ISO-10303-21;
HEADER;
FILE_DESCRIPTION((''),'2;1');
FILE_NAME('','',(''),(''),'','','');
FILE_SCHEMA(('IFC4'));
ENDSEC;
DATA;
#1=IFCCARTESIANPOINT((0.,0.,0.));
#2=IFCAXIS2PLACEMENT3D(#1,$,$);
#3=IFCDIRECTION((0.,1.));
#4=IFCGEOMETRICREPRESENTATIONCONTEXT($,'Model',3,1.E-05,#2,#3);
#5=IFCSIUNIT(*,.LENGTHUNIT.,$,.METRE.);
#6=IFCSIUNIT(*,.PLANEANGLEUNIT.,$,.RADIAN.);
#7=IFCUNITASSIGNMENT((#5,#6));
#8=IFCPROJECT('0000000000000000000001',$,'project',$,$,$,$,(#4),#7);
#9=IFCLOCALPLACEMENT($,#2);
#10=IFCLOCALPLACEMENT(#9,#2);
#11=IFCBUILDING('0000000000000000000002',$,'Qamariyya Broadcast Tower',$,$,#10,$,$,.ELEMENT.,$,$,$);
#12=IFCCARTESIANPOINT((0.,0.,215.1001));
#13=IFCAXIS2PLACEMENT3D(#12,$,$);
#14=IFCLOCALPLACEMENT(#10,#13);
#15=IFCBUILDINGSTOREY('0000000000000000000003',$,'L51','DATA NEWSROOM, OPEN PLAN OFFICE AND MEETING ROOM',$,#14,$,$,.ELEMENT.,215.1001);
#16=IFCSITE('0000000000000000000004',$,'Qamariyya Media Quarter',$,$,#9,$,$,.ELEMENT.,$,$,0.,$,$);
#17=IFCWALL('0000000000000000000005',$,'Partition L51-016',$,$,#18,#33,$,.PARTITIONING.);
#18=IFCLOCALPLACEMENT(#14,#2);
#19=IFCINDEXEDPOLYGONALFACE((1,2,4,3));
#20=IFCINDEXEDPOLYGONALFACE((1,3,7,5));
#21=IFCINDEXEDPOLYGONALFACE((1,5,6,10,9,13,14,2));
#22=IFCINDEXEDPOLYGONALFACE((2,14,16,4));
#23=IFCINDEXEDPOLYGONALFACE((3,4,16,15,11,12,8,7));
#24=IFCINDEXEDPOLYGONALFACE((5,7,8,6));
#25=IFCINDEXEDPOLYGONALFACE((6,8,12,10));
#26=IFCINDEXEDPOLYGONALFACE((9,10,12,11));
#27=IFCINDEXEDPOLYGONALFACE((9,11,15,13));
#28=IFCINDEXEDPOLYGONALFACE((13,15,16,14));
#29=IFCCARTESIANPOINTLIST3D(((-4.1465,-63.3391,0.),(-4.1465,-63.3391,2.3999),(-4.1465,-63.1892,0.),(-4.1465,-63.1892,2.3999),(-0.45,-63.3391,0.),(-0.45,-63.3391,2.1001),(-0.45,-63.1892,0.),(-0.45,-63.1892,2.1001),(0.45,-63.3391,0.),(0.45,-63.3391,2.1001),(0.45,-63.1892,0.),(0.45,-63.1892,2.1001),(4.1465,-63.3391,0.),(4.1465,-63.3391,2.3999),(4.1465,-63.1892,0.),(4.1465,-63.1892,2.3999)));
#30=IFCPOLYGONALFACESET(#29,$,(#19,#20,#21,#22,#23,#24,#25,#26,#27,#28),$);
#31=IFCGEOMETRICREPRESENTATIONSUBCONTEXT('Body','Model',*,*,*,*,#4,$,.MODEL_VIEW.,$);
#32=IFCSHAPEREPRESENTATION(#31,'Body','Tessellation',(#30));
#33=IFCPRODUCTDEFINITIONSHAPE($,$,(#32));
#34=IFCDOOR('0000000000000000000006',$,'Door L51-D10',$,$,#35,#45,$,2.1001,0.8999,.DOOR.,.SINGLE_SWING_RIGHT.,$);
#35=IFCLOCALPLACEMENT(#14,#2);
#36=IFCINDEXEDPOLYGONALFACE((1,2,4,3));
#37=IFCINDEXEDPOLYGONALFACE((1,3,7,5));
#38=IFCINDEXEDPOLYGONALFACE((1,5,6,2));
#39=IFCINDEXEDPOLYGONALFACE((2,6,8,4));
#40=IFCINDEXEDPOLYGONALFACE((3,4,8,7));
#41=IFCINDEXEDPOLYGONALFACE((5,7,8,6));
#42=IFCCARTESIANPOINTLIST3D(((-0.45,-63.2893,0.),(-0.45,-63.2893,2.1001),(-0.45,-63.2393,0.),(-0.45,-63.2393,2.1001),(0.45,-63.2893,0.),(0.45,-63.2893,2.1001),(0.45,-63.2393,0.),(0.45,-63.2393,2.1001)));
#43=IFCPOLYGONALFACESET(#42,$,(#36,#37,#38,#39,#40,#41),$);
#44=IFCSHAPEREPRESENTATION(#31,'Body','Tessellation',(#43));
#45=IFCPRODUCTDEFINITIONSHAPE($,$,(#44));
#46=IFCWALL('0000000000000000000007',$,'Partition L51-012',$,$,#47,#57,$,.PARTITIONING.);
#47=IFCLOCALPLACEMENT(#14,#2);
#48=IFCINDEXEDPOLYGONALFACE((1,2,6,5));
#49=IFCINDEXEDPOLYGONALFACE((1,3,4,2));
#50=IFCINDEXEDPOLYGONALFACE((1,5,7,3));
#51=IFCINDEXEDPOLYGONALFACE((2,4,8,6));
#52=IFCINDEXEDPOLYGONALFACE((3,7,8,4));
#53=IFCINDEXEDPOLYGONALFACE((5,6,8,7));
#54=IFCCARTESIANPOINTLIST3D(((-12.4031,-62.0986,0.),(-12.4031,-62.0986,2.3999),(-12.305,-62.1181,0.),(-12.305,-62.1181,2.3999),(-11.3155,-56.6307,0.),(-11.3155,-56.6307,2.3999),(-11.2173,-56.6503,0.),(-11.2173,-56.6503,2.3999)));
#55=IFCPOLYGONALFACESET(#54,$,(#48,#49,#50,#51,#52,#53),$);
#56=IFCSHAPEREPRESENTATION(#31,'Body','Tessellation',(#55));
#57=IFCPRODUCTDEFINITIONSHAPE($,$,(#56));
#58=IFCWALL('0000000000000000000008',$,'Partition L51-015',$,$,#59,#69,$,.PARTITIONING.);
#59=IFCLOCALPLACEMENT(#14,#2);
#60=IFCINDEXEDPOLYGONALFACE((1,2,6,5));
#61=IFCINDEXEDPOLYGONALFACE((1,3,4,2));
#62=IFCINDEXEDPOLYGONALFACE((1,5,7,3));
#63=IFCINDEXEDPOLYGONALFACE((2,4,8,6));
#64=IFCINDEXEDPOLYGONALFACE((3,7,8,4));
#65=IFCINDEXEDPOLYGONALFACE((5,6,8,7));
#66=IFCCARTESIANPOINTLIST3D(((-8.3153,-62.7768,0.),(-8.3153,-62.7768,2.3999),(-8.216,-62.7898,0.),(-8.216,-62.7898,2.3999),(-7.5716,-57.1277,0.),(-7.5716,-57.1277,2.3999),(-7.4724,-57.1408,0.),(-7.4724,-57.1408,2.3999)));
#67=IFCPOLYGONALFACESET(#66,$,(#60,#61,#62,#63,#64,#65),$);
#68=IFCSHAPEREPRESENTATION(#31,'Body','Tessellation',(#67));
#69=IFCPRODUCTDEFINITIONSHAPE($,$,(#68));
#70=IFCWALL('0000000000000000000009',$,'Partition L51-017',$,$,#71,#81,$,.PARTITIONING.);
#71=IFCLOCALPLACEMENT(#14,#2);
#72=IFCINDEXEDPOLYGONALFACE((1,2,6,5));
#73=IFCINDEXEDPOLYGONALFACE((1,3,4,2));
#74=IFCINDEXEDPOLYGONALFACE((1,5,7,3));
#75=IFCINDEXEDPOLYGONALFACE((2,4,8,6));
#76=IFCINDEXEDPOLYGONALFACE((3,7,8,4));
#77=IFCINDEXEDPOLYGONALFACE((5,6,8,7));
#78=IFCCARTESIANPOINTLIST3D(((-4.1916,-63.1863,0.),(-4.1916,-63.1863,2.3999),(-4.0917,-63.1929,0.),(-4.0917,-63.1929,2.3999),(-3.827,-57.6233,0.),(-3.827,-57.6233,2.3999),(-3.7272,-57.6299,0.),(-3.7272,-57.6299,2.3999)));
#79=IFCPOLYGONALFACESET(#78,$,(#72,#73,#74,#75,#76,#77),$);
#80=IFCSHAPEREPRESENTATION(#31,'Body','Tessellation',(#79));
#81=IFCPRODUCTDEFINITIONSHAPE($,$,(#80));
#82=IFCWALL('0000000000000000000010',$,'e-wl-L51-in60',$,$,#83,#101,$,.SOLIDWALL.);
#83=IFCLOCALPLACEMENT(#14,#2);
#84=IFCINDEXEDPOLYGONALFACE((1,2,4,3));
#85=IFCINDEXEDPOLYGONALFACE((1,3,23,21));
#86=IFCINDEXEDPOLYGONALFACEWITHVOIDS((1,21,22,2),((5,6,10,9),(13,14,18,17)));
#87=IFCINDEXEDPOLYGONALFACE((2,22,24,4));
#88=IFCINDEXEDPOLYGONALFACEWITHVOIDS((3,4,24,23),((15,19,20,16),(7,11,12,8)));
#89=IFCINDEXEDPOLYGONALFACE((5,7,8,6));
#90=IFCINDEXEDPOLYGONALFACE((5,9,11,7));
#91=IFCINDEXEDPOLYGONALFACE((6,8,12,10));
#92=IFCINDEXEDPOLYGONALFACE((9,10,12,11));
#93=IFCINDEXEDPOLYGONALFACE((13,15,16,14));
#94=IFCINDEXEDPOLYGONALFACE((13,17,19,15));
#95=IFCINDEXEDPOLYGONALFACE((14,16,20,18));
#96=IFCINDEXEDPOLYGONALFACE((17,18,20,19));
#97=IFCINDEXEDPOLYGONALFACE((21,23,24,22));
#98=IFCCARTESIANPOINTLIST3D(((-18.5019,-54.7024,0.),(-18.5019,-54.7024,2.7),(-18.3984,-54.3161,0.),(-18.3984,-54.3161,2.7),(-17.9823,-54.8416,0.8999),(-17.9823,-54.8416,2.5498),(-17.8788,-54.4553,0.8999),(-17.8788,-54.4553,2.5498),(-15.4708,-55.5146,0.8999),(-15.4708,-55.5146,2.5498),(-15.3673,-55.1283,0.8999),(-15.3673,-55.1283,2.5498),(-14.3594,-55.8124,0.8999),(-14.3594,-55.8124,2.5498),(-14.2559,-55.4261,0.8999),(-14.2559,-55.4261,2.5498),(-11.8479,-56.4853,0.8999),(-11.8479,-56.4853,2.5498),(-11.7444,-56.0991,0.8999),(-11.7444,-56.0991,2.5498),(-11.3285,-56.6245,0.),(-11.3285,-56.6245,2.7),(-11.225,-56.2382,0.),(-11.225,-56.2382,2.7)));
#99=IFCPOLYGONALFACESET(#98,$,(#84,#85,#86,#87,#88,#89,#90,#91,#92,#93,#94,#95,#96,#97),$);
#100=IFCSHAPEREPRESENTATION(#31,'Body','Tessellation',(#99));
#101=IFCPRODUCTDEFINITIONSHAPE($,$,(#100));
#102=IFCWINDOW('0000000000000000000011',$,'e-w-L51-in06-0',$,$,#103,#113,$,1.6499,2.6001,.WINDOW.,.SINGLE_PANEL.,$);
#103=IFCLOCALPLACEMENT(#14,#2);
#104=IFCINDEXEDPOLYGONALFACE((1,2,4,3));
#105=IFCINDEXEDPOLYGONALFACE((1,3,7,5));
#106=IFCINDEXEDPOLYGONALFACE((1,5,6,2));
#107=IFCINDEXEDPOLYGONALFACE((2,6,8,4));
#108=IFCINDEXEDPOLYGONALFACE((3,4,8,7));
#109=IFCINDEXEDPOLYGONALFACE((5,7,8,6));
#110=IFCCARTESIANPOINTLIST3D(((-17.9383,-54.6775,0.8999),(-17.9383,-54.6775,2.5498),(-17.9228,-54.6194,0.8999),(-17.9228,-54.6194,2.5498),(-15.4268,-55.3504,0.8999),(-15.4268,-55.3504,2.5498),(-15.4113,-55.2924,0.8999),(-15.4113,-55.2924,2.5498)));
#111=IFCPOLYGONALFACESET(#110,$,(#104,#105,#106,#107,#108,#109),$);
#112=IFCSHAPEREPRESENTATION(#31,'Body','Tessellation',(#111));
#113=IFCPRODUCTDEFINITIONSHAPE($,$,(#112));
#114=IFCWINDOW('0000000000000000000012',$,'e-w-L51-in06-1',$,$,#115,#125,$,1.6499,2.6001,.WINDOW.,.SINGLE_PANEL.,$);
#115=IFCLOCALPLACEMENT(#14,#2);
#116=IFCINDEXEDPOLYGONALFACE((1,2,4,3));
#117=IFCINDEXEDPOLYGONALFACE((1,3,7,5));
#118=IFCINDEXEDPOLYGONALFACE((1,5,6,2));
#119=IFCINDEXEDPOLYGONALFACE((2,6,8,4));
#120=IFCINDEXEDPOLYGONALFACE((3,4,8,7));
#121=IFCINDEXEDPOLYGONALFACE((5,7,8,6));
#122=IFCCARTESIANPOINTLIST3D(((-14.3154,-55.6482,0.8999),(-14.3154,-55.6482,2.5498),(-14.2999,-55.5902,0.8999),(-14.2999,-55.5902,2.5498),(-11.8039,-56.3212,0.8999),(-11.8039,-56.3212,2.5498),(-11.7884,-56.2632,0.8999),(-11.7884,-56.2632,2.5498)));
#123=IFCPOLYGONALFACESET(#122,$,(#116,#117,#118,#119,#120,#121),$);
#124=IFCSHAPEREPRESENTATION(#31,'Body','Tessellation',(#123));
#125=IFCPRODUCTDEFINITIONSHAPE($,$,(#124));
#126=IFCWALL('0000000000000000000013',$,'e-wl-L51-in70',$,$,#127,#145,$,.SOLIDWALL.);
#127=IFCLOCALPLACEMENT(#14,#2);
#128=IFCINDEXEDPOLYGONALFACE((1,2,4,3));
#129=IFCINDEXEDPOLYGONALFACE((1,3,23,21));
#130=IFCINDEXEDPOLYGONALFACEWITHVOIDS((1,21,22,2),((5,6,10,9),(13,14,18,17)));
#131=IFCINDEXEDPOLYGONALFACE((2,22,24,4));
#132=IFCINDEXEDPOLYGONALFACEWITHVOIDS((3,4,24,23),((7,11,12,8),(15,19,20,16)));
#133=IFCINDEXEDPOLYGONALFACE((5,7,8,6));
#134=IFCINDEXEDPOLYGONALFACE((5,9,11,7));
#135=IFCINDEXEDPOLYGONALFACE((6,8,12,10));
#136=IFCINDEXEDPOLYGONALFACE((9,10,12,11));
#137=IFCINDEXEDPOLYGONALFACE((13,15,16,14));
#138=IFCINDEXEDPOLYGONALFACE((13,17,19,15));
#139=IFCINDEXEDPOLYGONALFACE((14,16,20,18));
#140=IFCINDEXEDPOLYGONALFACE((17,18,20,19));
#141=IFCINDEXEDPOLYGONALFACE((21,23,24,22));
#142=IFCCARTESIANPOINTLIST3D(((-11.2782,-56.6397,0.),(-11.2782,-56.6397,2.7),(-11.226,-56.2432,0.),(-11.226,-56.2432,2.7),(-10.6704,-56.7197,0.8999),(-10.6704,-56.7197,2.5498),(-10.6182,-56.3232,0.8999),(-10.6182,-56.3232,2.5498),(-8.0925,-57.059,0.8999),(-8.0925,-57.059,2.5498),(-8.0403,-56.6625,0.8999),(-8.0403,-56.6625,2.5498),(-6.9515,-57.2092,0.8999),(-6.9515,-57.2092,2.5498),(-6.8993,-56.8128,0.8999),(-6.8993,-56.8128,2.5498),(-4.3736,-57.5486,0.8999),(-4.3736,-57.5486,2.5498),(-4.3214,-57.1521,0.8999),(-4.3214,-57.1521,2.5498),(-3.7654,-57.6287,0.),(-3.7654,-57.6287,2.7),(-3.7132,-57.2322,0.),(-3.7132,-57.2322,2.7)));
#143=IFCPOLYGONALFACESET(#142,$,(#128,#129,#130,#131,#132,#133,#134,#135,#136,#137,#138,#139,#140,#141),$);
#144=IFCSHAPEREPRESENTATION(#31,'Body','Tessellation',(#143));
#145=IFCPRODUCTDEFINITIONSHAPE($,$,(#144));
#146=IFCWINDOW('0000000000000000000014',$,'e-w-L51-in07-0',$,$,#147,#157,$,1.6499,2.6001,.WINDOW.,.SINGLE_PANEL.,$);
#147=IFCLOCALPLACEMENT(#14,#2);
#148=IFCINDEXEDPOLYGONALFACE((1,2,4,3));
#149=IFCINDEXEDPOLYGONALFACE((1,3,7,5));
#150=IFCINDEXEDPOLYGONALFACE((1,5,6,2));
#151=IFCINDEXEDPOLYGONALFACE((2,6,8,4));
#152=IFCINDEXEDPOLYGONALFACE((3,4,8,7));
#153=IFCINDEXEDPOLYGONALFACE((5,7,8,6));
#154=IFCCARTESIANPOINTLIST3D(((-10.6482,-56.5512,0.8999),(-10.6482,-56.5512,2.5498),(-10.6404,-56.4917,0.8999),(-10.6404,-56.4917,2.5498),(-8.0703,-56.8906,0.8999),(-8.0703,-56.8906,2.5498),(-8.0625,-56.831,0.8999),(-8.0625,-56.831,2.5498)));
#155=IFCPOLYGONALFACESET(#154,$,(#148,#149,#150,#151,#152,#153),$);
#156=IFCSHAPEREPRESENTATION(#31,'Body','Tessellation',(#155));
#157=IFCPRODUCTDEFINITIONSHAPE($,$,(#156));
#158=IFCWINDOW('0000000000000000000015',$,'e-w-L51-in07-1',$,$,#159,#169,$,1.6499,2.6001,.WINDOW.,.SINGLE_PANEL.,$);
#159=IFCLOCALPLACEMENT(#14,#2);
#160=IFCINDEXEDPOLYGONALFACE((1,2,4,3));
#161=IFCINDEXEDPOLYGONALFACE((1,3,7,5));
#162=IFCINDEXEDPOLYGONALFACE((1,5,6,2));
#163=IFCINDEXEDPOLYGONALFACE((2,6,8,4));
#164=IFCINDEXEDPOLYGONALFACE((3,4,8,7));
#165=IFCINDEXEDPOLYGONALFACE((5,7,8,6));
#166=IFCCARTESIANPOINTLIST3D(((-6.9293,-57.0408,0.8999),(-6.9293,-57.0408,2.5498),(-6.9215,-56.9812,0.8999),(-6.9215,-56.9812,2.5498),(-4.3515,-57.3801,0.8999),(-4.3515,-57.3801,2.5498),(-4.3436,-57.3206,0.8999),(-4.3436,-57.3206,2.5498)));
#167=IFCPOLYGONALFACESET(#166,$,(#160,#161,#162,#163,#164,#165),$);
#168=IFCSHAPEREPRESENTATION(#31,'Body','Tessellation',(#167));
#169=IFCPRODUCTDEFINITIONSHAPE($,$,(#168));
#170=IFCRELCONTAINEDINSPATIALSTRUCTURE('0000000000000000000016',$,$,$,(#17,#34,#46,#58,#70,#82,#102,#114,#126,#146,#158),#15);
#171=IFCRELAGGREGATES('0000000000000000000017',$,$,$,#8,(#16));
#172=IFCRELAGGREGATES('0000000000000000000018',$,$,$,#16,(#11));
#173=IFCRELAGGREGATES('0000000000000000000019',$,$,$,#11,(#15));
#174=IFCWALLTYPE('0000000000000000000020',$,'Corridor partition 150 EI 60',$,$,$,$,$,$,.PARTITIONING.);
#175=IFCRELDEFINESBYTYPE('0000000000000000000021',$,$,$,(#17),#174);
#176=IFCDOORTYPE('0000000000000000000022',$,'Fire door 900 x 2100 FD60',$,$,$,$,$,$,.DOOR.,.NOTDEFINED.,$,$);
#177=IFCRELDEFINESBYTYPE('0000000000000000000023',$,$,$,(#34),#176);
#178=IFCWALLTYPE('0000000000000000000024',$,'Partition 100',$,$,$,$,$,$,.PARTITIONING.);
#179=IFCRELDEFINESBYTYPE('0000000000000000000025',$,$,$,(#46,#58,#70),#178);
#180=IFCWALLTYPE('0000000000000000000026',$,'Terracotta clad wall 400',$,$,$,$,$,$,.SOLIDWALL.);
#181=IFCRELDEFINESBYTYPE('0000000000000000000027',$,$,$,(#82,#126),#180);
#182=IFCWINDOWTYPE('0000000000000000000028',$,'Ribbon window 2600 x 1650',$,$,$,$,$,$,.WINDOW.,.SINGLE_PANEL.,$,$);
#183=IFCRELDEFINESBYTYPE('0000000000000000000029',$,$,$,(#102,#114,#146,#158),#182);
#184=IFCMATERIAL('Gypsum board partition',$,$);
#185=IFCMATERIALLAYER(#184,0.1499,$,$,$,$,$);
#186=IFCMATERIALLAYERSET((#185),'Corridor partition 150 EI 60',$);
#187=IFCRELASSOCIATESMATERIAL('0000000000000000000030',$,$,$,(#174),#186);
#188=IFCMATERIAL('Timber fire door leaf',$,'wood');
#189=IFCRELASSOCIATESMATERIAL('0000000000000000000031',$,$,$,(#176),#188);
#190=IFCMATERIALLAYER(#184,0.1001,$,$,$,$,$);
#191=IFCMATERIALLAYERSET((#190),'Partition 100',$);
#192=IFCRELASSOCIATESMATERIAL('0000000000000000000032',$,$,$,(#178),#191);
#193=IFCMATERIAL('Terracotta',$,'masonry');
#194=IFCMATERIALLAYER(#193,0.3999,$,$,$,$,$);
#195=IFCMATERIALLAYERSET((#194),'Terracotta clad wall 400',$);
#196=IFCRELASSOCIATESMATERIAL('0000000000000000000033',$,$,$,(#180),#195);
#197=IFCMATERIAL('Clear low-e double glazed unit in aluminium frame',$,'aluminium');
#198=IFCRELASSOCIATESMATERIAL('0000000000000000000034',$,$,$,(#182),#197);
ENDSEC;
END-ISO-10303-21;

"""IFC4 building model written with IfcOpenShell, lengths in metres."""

from ifc_helpers import new_model, si_unit, direction, frame, frame_2d, origin, place, context, subcontext, project, spatial, rectangle, extrude, material, layer, layer_set, type_object, element, fill, save


model = new_model("IFC4")

# Units and contexts
model_context = context("Model", 3, precision=1e-05, world=origin(), true_north=direction((0.0, 1.0)))
body_context = subcontext(model_context, "Body", "Model", "MODEL_VIEW")
ifc_project = project(units=[si_unit("LENGTHUNIT", "METRE"), si_unit("PLANEANGLEUNIT", "RADIAN")], contexts=[model_context])

# Site, building, storey
site_placement = place(None, origin())
site = spatial("IfcSite", under=ifc_project, at=site_placement, Name="Qamariyya Media Quarter", CompositionType="ELEMENT", RefElevation=0.0)
building_placement = place(site_placement, origin())
building = spatial("IfcBuilding", under=site, at=building_placement, Name="Qamariyya Broadcast Tower", CompositionType="ELEMENT")
storey_placement = place(building_placement, frame((0.0, 0.0, 215.1001)))
storey = spatial("IfcBuildingStorey", under=building, at=storey_placement, Name="L51", Description="DATA NEWSROOM, OPEN PLAN OFFICE AND MEETING ROOM", CompositionType="ELEMENT", Elevation=215.1001)

# Wall, opening, door
ifc_material_1 = material(Name="Gypsum board partition")
ifc_layer_1 = layer(ifc_material_1, 0.1499)
ifc_layer_set_1 = layer_set([ifc_layer_1], Name="Corridor partition 150 EI 60")
wall_type_1 = type_object("IfcWallType", Name="Corridor partition 150 EI 60", PredefinedType="PARTITIONING", material=ifc_layer_set_1)
ifc_material_2 = material(Name="Timber fire door leaf", Category="wood")
door_type_1 = type_object("IfcDoorType", Name="Fire door 900 x 2100 FD60", OperationType="NOTDEFINED", PredefinedType="DOOR", material=ifc_material_2)
wall_1_placement = place(storey_placement, frame((-4.1465, -63.2642, 0.0), z_axis=(0.0, 0.0, 1.0), x_axis=(1.0, 0.0, 0.0)))
wall_1 = element("IfcWall", 1, at=wall_1_placement, inside=storey, type_object=wall_type_1, Name="Partition L51-016", PredefinedType="PARTITIONING", context=body_context, shape_type="SweptSolid", body=[
    extrude(rectangle(XDim=8.293, YDim=0.1499, at=frame_2d((4.1465, 0.0))), origin(), (0.0, 0.0, 1.0), 2.3999),
])
opening_1_placement = place(wall_1_placement, frame((3.6965, 0.0, 0.0)))
opening_1 = element("IfcOpeningElement", 2, at=opening_1_placement, cuts=wall_1, PredefinedType="OPENING", context=body_context, shape_type="SweptSolid", body=[
    extrude(rectangle(XDim=0.8999, YDim=2.1001, at=frame_2d((0.45, 1.05))), frame((0.0, 0.085, 0.0), z_axis=(0.0, -1.0, 0.0), x_axis=(1.0, 0.0, 0.0)), (0.0, 0.0, 1.0), 0.1699),
])
door_1_placement = place(opening_1_placement, origin())
door_1 = element("IfcDoor", 3, at=door_1_placement, inside=storey, type_object=door_type_1, Name="Door L51-D10", OperationType="SINGLE_SWING_RIGHT", OverallHeight=2.1001, OverallWidth=0.8999, PredefinedType="DOOR", context=body_context, shape_type="SweptSolid", body=[
    extrude(rectangle(XDim=0.8999, YDim=2.1001, at=frame_2d((0.45, 1.05))), frame((0.0, 0.0249, 0.0), z_axis=(0.0, -1.0, 0.0), x_axis=(1.0, 0.0, 0.0)), (0.0, 0.0, 1.0), 0.05),
])
fill(opening_1, door_1)

# Walls
ifc_layer_2 = layer(ifc_material_1, 0.1001)
ifc_layer_set_2 = layer_set([ifc_layer_2], Name="Partition 100")
wall_type_2 = type_object("IfcWallType", Name="Partition 100", PredefinedType="PARTITIONING", material=ifc_layer_set_2)
wall_2_placement = place(storey_placement, frame((-11.2664, -56.6404, 0.0), z_axis=(0.0, 0.0, 1.0), x_axis=(-0.195097, -0.980784, 0.0)))
element("IfcWall", 4, at=wall_2_placement, inside=storey, type_object=wall_type_2, Name="Partition L51-012", PredefinedType="PARTITIONING", context=body_context, shape_type="SweptSolid", body=[
    extrude(rectangle(XDim=5.575, YDim=0.1001, at=frame_2d((2.7876, 0.0))), origin(), (0.0, 0.0, 1.0), 2.3999),
])
wall_3_placement = place(storey_placement, frame((-7.522, -57.1343, 0.0), z_axis=(0.0, 0.0, 1.0), x_axis=(-0.130519, -0.991446, 0.0)))
element("IfcWall", 5, at=wall_3_placement, inside=storey, type_object=wall_type_2, Name="Partition L51-015", PredefinedType="PARTITIONING", context=body_context, shape_type="SweptSolid", body=[
    extrude(rectangle(XDim=5.6978, YDim=0.1001, at=frame_2d((2.8489, 0.0))), origin(), (0.0, 0.0, 1.0), 2.3999),
])
wall_4_placement = place(storey_placement, frame((-3.7771, -57.6265, 0.0), z_axis=(0.0, 0.0, 1.0), x_axis=(-0.065382, -0.99786, 0.0)))
element("IfcWall", 6, at=wall_4_placement, inside=storey, type_object=wall_type_2, Name="Partition L51-017", PredefinedType="PARTITIONING", context=body_context, shape_type="SweptSolid", body=[
    extrude(rectangle(XDim=5.575, YDim=0.1001, at=frame_2d((2.7876, 0.0))), origin(), (0.0, 0.0, 1.0), 2.3999),
])

# Walls, openings, windows
ifc_material_3 = material(Name="Terracotta", Category="masonry")
ifc_layer_3 = layer(ifc_material_3, 0.3999)
ifc_layer_set_3 = layer_set([ifc_layer_3], Name="Terracotta clad wall 400")
wall_type_3 = type_object("IfcWallType", Name="Terracotta clad wall 400", PredefinedType="SOLIDWALL", material=ifc_layer_set_3)
wall_5_placement = place(storey_placement, frame((-11.2766, -56.4314, 0.0), z_axis=(0.0, 0.0, 1.0), x_axis=(-0.965925, 0.258823, 0.0)))
wall_5 = element("IfcWall", 7, at=wall_5_placement, inside=storey, type_object=wall_type_3, Name="e-wl-L51-in60", PredefinedType="SOLIDWALL", context=body_context, shape_type="SweptSolid", body=[
    extrude(rectangle(XDim=7.4265, YDim=0.3999, at=frame_2d((3.7134, 0.0))), origin(), (0.0, 0.0, 1.0), 2.7),
])
opening_2_placement = place(wall_5_placement, frame((4.2886, 0.0, 0.8999)))
opening_2 = element("IfcOpeningElement", 8, at=opening_2_placement, cuts=wall_5, PredefinedType="OPENING", context=body_context, shape_type="SweptSolid", body=[
    extrude(rectangle(XDim=2.6001, YDim=1.6499, at=frame_2d((1.3, 0.825))), frame((0.0, 0.21, 0.0), z_axis=(0.0, -1.0, 0.0), x_axis=(1.0, 0.0, 0.0)), (0.0, 0.0, 1.0), 0.4199),
])
opening_3_placement = place(wall_5_placement, frame((0.5378, 0.0, 0.8999)))
opening_3 = element("IfcOpeningElement", 9, at=opening_3_placement, cuts=wall_5, PredefinedType="OPENING", context=body_context, shape_type="SweptSolid", body=[
    extrude(rectangle(XDim=2.6001, YDim=1.6499, at=frame_2d((1.3, 0.825))), frame((0.0, 0.21, 0.0), z_axis=(0.0, -1.0, 0.0), x_axis=(1.0, 0.0, 0.0)), (0.0, 0.0, 1.0), 0.4199),
])
ifc_material_4 = material(Name="Clear low-e double glazed unit in aluminium frame", Category="aluminium")
window_type = type_object("IfcWindowType", Name="Ribbon window 2600 x 1650", PartitioningType="SINGLE_PANEL", PredefinedType="WINDOW", material=ifc_material_4)
window_1_placement = place(opening_2_placement, origin())
window_1 = element("IfcWindow", 10, at=window_1_placement, inside=storey, type_object=window_type, Name="e-w-L51-in06-0", OverallHeight=1.6499, OverallWidth=2.6001, PartitioningType="SINGLE_PANEL", PredefinedType="WINDOW", context=body_context, shape_type="SweptSolid", body=[
    extrude(rectangle(XDim=2.6001, YDim=1.6499, at=frame_2d((1.3, 0.825))), frame((0.0, 0.03, 0.0), z_axis=(0.0, -1.0, 0.0), x_axis=(1.0, 0.0, 0.0)), (0.0, 0.0, 1.0), 0.0601),
])
fill(opening_2, window_1)
window_2_placement = place(opening_3_placement, origin())
window_2 = element("IfcWindow", 11, at=window_2_placement, inside=storey, type_object=window_type, Name="e-w-L51-in06-1", OverallHeight=1.6499, OverallWidth=2.6001, PartitioningType="SINGLE_PANEL", PredefinedType="WINDOW", context=body_context, shape_type="SweptSolid", body=[
    extrude(rectangle(XDim=2.6001, YDim=1.6499, at=frame_2d((1.3, 0.825))), frame((0.0, 0.03, 0.0), z_axis=(0.0, -1.0, 0.0), x_axis=(1.0, 0.0, 0.0)), (0.0, 0.0, 1.0), 0.0601),
])
fill(opening_3, window_2)
wall_6_placement = place(storey_placement, frame((-3.7393, -57.4304, 0.0), z_axis=(0.0, 0.0, 1.0), x_axis=(-0.991446, 0.130515, 0.0)))
wall_6 = element("IfcWall", 12, at=wall_6_placement, inside=storey, type_object=wall_type_3, Name="e-wl-L51-in70", PredefinedType="SOLIDWALL", context=body_context, shape_type="SweptSolid", body=[
    extrude(rectangle(XDim=7.5776, YDim=0.3999, at=frame_2d((3.7888, 0.0))), origin(), (0.0, 0.0, 1.0), 2.7),
])
opening_4_placement = place(wall_6_placement, frame((4.3645, 0.0, 0.8999)))
opening_4 = element("IfcOpeningElement", 13, at=opening_4_placement, cuts=wall_6, PredefinedType="OPENING", context=body_context, shape_type="SweptSolid", body=[
    extrude(rectangle(XDim=2.6001, YDim=1.6499, at=frame_2d((1.3, 0.825))), frame((0.0, 0.21, 0.0), z_axis=(0.0, -1.0, 0.0), x_axis=(1.0, 0.0, 0.0)), (0.0, 0.0, 1.0), 0.4199),
])
opening_5_placement = place(wall_6_placement, frame((0.6135, 0.0, 0.8999)))
opening_5 = element("IfcOpeningElement", 14, at=opening_5_placement, cuts=wall_6, PredefinedType="OPENING", context=body_context, shape_type="SweptSolid", body=[
    extrude(rectangle(XDim=2.6001, YDim=1.6499, at=frame_2d((1.3, 0.825))), frame((0.0, 0.21, 0.0), z_axis=(0.0, -1.0, 0.0), x_axis=(1.0, 0.0, 0.0)), (0.0, 0.0, 1.0), 0.4199),
])
window_3_placement = place(opening_4_placement, origin())
window_3 = element("IfcWindow", 15, at=window_3_placement, inside=storey, type_object=window_type, Name="e-w-L51-in07-0", OverallHeight=1.6499, OverallWidth=2.6001, PartitioningType="SINGLE_PANEL", PredefinedType="WINDOW", context=body_context, shape_type="SweptSolid", body=[
    extrude(rectangle(XDim=2.6001, YDim=1.6499, at=frame_2d((1.3, 0.825))), frame((0.0, 0.03, 0.0), z_axis=(0.0, -1.0, 0.0), x_axis=(1.0, 0.0, 0.0)), (0.0, 0.0, 1.0), 0.0601),
])
fill(opening_4, window_3)
window_4_placement = place(opening_5_placement, origin())
window_4 = element("IfcWindow", 16, at=window_4_placement, inside=storey, type_object=window_type, Name="e-w-L51-in07-1", OverallHeight=1.6499, OverallWidth=2.6001, PartitioningType="SINGLE_PANEL", PredefinedType="WINDOW", context=body_context, shape_type="SweptSolid", body=[
    extrude(rectangle(XDim=2.6001, YDim=1.6499, at=frame_2d((1.3, 0.825))), frame((0.0, 0.03, 0.0), z_axis=(0.0, -1.0, 0.0), x_axis=(1.0, 0.0, 0.0)), (0.0, 0.0, 1.0), 0.0601),
])
fill(opening_5, window_4)

save(model, "model.ifc")
